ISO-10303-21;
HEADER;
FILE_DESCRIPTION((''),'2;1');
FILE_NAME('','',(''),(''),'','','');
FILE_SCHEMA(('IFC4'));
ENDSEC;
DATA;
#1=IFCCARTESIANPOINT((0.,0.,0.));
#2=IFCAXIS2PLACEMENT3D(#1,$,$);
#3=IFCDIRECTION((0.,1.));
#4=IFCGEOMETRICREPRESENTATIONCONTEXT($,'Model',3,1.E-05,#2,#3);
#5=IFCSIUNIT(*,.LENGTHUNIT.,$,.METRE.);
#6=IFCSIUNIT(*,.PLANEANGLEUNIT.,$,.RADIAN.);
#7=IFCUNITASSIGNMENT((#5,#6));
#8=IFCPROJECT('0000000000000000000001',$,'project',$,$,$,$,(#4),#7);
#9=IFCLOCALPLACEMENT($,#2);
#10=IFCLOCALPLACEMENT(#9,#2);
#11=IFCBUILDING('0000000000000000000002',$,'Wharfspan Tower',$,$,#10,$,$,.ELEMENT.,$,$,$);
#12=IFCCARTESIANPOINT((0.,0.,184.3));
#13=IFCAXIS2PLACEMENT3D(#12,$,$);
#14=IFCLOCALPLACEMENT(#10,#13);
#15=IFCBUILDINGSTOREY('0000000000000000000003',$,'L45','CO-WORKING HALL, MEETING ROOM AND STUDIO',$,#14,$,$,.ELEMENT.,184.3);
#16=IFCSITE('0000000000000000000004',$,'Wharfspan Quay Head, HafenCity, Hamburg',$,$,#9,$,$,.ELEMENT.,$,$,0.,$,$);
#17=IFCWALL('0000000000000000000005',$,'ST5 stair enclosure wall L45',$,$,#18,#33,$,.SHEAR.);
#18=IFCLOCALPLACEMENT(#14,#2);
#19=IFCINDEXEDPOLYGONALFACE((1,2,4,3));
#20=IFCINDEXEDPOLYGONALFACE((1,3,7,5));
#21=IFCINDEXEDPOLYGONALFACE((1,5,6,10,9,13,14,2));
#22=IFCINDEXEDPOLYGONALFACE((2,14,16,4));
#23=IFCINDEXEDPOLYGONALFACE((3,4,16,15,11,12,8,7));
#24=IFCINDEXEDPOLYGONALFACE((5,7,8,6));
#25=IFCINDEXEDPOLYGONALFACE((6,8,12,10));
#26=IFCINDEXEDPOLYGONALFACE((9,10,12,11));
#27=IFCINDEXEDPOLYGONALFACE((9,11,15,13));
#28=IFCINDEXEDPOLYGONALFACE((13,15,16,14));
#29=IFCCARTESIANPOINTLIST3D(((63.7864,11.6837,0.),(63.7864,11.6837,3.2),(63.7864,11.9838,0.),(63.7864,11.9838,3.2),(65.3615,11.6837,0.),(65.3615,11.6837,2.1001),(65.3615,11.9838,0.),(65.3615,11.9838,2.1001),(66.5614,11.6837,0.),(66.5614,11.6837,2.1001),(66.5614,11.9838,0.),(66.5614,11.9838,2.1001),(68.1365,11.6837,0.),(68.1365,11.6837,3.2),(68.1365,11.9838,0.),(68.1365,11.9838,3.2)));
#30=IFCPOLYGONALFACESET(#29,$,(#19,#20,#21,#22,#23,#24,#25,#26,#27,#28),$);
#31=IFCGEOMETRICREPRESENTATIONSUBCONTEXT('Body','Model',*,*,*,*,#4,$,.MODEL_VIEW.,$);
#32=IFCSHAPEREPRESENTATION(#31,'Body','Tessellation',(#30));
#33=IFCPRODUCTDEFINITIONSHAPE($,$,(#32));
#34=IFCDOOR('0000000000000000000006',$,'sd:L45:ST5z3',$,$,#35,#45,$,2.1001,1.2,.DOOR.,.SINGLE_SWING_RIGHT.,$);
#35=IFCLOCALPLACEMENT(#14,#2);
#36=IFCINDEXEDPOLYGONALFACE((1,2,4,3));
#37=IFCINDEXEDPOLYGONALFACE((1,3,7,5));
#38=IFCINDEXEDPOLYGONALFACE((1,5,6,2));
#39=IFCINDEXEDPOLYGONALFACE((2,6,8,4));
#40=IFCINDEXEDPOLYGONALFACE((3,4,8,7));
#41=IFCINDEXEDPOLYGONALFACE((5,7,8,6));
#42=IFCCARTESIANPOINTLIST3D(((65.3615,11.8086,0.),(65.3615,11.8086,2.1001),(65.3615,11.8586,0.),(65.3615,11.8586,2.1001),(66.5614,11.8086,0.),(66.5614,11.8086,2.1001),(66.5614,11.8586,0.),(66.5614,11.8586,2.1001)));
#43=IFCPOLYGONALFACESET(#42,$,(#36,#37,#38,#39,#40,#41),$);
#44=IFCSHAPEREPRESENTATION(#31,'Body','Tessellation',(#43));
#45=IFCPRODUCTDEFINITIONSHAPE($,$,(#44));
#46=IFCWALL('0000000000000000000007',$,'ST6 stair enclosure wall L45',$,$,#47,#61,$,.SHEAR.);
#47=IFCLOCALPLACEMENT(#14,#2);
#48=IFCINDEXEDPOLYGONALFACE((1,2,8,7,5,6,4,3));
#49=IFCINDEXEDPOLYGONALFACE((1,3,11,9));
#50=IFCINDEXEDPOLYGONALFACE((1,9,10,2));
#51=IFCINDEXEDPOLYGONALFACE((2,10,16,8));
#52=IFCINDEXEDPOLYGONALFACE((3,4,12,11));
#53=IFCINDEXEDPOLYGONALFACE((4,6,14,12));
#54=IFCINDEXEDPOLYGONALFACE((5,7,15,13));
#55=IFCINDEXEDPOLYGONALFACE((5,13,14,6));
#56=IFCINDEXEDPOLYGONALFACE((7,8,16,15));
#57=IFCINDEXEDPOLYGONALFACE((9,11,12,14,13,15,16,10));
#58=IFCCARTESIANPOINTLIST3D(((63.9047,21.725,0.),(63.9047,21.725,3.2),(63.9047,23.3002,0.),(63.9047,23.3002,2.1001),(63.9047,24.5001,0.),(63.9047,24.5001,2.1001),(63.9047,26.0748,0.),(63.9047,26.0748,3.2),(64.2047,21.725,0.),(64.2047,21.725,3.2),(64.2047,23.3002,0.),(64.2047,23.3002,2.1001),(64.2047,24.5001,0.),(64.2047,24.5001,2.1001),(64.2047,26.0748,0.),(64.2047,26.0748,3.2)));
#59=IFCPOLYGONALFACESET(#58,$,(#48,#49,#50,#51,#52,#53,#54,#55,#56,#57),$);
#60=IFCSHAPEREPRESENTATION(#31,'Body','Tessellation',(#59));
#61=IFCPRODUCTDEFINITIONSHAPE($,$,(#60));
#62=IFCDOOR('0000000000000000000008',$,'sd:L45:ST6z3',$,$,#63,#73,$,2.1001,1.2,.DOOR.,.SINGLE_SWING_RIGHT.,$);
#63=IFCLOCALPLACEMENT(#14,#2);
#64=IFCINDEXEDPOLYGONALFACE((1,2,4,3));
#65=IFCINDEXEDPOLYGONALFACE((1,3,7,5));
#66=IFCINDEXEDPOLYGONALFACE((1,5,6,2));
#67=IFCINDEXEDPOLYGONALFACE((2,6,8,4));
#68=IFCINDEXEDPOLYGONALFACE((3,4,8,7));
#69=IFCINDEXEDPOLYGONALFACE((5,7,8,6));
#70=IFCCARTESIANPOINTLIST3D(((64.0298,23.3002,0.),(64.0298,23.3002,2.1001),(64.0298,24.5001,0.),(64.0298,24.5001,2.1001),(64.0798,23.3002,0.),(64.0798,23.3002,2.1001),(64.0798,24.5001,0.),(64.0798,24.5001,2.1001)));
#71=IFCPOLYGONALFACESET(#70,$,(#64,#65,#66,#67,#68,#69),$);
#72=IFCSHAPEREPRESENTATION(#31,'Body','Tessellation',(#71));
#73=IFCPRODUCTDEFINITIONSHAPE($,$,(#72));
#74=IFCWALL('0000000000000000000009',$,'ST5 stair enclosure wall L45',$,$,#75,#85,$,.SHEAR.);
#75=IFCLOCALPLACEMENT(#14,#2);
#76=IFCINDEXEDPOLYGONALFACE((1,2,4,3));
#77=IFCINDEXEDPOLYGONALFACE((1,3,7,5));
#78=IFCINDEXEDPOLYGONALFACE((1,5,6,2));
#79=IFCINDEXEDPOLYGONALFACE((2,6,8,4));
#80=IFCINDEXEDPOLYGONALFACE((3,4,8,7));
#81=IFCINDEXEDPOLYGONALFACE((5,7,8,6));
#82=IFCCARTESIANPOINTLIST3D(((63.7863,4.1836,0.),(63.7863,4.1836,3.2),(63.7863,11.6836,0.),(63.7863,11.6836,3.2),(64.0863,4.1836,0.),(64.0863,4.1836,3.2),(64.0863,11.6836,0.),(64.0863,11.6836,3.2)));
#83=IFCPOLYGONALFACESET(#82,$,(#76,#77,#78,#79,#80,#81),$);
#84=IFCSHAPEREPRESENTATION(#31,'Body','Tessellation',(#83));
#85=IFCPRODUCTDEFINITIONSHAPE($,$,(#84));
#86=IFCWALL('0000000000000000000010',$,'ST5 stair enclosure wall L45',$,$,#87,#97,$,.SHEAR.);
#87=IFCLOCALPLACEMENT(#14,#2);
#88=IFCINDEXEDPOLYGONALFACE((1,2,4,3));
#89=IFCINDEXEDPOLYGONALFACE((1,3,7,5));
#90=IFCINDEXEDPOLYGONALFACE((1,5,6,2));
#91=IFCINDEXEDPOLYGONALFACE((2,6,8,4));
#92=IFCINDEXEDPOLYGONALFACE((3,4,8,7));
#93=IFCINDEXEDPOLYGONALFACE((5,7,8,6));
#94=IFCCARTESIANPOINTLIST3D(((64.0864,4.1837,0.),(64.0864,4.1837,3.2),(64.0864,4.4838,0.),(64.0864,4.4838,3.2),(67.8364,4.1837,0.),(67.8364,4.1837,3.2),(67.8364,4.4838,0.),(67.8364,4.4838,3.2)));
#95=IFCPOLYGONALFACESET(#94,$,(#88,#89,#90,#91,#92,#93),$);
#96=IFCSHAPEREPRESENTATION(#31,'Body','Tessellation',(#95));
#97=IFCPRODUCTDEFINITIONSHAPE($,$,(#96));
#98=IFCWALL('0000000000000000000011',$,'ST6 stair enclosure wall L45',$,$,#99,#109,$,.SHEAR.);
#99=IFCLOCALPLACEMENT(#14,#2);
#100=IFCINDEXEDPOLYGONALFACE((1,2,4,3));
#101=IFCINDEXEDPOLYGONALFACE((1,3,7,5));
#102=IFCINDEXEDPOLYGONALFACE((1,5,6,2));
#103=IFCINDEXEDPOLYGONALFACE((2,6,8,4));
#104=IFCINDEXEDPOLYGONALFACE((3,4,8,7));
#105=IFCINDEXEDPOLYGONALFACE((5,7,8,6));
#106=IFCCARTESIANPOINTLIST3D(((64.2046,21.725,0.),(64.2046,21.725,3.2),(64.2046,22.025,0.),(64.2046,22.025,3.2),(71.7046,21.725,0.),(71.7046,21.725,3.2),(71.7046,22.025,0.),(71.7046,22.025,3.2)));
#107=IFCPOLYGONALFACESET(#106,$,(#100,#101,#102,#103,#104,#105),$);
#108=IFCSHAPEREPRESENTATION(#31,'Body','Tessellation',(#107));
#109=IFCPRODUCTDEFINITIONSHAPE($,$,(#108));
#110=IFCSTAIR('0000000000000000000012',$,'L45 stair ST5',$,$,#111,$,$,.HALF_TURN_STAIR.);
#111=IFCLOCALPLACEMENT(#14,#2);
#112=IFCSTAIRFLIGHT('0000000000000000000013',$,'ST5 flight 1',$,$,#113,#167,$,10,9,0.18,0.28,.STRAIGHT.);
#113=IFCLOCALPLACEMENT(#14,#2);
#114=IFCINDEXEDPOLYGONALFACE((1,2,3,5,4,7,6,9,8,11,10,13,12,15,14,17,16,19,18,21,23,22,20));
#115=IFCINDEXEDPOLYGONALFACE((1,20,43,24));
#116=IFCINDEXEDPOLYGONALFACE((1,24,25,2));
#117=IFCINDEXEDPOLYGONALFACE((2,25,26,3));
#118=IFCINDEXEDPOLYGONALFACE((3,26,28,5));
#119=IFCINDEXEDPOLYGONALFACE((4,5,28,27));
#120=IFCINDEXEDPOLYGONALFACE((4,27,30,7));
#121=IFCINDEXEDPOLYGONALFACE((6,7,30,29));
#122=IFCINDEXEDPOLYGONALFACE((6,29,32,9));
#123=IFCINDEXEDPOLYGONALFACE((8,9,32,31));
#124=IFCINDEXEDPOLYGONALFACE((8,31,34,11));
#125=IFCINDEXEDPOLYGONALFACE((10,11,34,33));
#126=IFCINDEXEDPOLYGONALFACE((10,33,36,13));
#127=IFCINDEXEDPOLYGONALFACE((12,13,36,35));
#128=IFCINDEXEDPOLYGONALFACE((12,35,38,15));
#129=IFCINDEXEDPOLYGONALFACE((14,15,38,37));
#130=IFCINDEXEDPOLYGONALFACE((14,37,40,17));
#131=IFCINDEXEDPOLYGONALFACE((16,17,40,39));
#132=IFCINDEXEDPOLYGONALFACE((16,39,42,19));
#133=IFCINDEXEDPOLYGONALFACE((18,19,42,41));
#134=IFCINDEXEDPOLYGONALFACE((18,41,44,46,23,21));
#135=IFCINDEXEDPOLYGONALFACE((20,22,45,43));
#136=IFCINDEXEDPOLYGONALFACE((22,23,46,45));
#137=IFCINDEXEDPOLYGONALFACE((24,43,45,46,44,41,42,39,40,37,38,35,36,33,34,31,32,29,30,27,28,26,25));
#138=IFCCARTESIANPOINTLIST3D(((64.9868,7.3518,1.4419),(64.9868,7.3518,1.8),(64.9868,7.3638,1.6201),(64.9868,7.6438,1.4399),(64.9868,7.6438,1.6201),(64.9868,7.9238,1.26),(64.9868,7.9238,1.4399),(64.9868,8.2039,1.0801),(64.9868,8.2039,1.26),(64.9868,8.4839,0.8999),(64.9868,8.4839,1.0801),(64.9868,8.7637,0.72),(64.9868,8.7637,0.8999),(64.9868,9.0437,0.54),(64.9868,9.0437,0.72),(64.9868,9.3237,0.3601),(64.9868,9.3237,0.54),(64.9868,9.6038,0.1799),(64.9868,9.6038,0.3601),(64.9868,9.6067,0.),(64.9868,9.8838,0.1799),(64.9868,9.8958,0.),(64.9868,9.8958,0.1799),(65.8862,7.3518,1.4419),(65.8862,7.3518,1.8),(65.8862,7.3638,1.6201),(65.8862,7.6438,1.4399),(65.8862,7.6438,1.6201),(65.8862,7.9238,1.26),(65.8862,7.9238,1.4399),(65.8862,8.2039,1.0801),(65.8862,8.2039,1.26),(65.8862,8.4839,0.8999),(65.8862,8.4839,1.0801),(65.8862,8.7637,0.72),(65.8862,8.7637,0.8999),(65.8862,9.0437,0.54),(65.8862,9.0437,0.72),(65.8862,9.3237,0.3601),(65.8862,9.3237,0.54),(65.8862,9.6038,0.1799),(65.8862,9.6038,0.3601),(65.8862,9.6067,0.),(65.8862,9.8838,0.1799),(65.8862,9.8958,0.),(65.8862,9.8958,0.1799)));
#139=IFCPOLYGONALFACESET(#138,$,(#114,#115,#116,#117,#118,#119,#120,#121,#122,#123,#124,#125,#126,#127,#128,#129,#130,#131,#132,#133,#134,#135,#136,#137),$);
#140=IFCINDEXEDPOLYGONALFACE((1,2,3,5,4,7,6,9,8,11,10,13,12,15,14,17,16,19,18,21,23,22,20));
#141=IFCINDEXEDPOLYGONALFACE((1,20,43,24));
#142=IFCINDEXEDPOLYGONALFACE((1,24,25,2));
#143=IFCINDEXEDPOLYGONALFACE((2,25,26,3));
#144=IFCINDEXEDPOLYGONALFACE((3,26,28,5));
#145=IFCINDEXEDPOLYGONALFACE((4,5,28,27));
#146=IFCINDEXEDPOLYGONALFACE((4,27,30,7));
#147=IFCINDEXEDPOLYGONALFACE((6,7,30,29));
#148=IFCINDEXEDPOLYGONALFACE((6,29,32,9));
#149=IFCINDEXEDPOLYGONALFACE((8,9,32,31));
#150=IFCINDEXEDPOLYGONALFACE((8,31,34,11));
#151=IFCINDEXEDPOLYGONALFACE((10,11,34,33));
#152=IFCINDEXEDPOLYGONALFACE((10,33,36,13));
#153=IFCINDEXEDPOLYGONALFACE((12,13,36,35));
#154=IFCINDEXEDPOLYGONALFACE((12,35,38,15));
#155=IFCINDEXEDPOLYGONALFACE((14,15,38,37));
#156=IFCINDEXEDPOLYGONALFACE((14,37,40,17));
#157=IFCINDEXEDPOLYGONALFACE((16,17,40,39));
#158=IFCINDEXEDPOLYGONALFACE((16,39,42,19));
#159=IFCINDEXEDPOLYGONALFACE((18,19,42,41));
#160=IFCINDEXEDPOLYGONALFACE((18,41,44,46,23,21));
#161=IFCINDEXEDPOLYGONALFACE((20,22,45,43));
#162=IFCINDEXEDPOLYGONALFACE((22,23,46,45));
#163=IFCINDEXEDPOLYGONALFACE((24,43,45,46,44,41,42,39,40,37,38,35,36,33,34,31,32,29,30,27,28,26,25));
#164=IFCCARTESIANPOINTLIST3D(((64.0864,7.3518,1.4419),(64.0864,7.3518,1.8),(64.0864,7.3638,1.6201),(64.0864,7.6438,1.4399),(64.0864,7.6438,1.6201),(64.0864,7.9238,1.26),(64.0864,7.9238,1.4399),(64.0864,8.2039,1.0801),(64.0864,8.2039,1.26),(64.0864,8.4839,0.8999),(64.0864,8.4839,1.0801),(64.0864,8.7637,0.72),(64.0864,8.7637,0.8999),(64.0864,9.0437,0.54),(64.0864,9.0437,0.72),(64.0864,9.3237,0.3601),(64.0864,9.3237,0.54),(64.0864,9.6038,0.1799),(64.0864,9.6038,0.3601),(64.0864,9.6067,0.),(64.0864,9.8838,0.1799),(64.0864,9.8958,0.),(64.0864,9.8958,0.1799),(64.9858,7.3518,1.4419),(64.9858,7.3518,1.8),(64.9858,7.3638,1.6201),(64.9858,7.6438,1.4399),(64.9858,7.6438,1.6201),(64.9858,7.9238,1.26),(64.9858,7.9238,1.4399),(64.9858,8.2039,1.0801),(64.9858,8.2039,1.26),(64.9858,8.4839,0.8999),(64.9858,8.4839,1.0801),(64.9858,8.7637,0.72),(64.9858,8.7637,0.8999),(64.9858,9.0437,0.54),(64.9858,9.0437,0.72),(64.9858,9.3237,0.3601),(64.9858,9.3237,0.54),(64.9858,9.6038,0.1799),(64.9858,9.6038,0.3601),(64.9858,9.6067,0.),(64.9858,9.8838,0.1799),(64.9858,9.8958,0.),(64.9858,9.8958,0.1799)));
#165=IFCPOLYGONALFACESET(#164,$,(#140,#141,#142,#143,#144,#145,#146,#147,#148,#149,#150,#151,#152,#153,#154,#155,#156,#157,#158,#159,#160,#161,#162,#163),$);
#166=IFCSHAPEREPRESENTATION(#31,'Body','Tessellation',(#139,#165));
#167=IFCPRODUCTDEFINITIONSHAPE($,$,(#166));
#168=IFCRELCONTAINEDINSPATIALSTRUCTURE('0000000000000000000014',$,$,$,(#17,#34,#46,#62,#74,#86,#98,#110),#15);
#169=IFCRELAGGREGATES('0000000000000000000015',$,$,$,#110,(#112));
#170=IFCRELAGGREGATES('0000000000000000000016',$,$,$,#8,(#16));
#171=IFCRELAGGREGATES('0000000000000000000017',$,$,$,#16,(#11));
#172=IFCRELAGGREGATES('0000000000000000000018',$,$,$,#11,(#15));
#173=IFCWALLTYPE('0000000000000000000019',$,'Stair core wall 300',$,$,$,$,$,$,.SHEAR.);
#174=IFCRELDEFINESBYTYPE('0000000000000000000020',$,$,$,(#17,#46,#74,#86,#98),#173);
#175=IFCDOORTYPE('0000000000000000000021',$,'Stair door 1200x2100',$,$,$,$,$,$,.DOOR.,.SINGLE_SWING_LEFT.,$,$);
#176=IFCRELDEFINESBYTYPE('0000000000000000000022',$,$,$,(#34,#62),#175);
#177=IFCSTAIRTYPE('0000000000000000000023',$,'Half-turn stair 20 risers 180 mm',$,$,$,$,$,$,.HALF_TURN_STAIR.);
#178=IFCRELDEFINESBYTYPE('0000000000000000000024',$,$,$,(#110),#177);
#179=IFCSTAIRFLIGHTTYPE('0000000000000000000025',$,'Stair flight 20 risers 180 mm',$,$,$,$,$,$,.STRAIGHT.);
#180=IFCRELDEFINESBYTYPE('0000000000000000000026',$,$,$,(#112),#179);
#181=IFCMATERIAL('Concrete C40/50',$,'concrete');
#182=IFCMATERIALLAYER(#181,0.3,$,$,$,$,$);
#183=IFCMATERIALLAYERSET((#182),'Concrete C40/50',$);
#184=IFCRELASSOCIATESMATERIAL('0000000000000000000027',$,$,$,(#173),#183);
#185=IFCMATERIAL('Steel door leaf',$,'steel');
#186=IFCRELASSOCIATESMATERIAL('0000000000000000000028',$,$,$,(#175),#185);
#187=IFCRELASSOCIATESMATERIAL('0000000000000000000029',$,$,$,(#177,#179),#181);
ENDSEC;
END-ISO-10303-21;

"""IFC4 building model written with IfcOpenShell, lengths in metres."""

from ifc_helpers import new_model, si_unit, direction, frame, frame_2d, origin, place, context, subcontext, project, spatial, polyline, rectangle, outline, extrude, material, layer, layer_set, type_object, element, fill, aggregate, save


model = new_model("IFC4")

# Units and contexts
model_context = context("Model", 3, precision=1e-05, world=origin(), true_north=direction((0.0, 1.0)))
body_context = subcontext(model_context, "Body", "Model", "MODEL_VIEW")
ifc_project = project(units=[si_unit("LENGTHUNIT", "METRE"), si_unit("PLANEANGLEUNIT", "RADIAN")], contexts=[model_context])

# Site, building, storey
site_placement = place(None, origin())
site = spatial("IfcSite", under=ifc_project, at=site_placement, Name="Wharfspan Quay Head, HafenCity, Hamburg", CompositionType="ELEMENT", RefElevation=0.0)
building_placement = place(site_placement, origin())
building = spatial("IfcBuilding", under=site, at=building_placement, Name="Wharfspan Tower", CompositionType="ELEMENT")
storey_placement = place(building_placement, frame((0.0, 0.0, 184.3)))
storey = spatial("IfcBuildingStorey", under=building, at=storey_placement, Name="L45", Description="CO-WORKING HALL, MEETING ROOM AND STUDIO", CompositionType="ELEMENT", Elevation=184.3)

# Walls, openings, doors
ifc_material_1 = material(Name="Concrete C40/50", Category="concrete")
ifc_layer_1 = layer(ifc_material_1, 0.3)
ifc_layer_set_1 = layer_set([ifc_layer_1], Name="Concrete C40/50")
wall_type_1 = type_object("IfcWallType", Name="Stair core wall 300", PredefinedType="SHEAR", material=ifc_layer_set_1)
wall_1_placement = place(storey_placement, frame((63.7864, 11.8337, 0.0), z_axis=(0.0, 0.0, 1.0), x_axis=(1.0, 0.0, 0.0)))
wall_1 = element("IfcWall", 1, at=wall_1_placement, inside=storey, type_object=wall_type_1, Name="ST5 stair enclosure wall L45", PredefinedType="SHEAR", context=body_context, shape_type="SweptSolid", body=[
    extrude(rectangle(XDim=4.3501, YDim=0.3, at=frame_2d((2.175, 0.0))), origin(), (0.0, 0.0, 1.0), 3.2),
])
opening_1_placement = place(wall_1_placement, frame((1.575, 0.0, 0.0)))
opening_1 = element("IfcOpeningElement", 2, at=opening_1_placement, cuts=wall_1, PredefinedType="OPENING", context=body_context, shape_type="SweptSolid", body=[
    extrude(rectangle(XDim=1.2, YDim=2.1001, at=frame_2d((0.6001, 1.05))), frame((0.0, 0.1599, 0.0), z_axis=(0.0, -1.0, 0.0), x_axis=(1.0, 0.0, 0.0)), (0.0, 0.0, 1.0), 0.3201),
])
ifc_material_2 = material(Name="Steel door leaf", Category="steel")
door_type_1 = type_object("IfcDoorType", Name="Stair door 1200x2100", OperationType="SINGLE_SWING_LEFT", PredefinedType="DOOR", material=ifc_material_2)
door_1_placement = place(opening_1_placement, origin())
door_1 = element("IfcDoor", 3, at=door_1_placement, inside=storey, type_object=door_type_1, Name="sd:L45:ST5z3", OperationType="SINGLE_SWING_RIGHT", OverallHeight=2.1001, OverallWidth=1.2, PredefinedType="DOOR", context=body_context, shape_type="SweptSolid", body=[
    extrude(rectangle(XDim=1.2, YDim=2.1001, at=frame_2d((0.6001, 1.05))), frame((0.0, 0.0249, 0.0), z_axis=(0.0, -1.0, 0.0), x_axis=(1.0, 0.0, 0.0)), (0.0, 0.0, 1.0), 0.05),
])
fill(opening_1, door_1)
wall_2_placement = place(storey_placement, frame((64.0547, 21.7251, 0.0), z_axis=(0.0, 0.0, 1.0), x_axis=(0.0, 1.0, 0.0)))
wall_2 = element("IfcWall", 4, at=wall_2_placement, inside=storey, type_object=wall_type_1, Name="ST6 stair enclosure wall L45", PredefinedType="SHEAR", context=body_context, shape_type="SweptSolid", body=[
    extrude(rectangle(XDim=4.3499, YDim=0.3, at=frame_2d((2.1748, 0.0))), origin(), (0.0, 0.0, 1.0), 3.2),
])
opening_2_placement = place(wall_2_placement, frame((1.575, 0.0, 0.0)))
opening_2 = element("IfcOpeningElement", 5, at=opening_2_placement, cuts=wall_2, PredefinedType="OPENING", context=body_context, shape_type="SweptSolid", body=[
    extrude(rectangle(XDim=1.2, YDim=2.1001, at=frame_2d((0.6001, 1.05))), frame((0.0, 0.1599, 0.0), z_axis=(0.0, -1.0, 0.0), x_axis=(1.0, 0.0, 0.0)), (0.0, 0.0, 1.0), 0.3201),
])
door_2_placement = place(opening_2_placement, origin())
door_2 = element("IfcDoor", 6, at=door_2_placement, inside=storey, type_object=door_type_1, Name="sd:L45:ST6z3", OperationType="SINGLE_SWING_RIGHT", OverallHeight=2.1001, OverallWidth=1.2, PredefinedType="DOOR", context=body_context, shape_type="SweptSolid", body=[
    extrude(rectangle(XDim=1.2, YDim=2.1001, at=frame_2d((0.6001, 1.05))), frame((0.0, 0.0249, 0.0), z_axis=(0.0, -1.0, 0.0), x_axis=(1.0, 0.0, 0.0)), (0.0, 0.0, 1.0), 0.05),
])
fill(opening_2, door_2)

# Walls
wall_3_placement = place(storey_placement, frame((63.9363, 4.1836, 0.0), z_axis=(0.0, 0.0, 1.0), x_axis=(0.0, 1.0, 0.0)))
element("IfcWall", 7, at=wall_3_placement, inside=storey, type_object=wall_type_1, Name="ST5 stair enclosure wall L45", PredefinedType="SHEAR", context=body_context, shape_type="SweptSolid", body=[
    extrude(rectangle(XDim=7.5, YDim=0.3, at=frame_2d((3.75, 0.0))), origin(), (0.0, 0.0, 1.0), 3.2),
])
wall_4_placement = place(storey_placement, frame((64.0864, 4.3337, 0.0), z_axis=(0.0, 0.0, 1.0), x_axis=(1.0, 0.0, 0.0)))
element("IfcWall", 8, at=wall_4_placement, inside=storey, type_object=wall_type_1, Name="ST5 stair enclosure wall L45", PredefinedType="SHEAR", context=body_context, shape_type="SweptSolid", body=[
    extrude(rectangle(XDim=3.75, YDim=0.3, at=frame_2d((1.875, 0.0))), origin(), (0.0, 0.0, 1.0), 3.2),
])
wall_5_placement = place(storey_placement, frame((64.2046, 21.875, 0.0), z_axis=(0.0, 0.0, 1.0), x_axis=(1.0, 0.0, 0.0)))
element("IfcWall", 9, at=wall_5_placement, inside=storey, type_object=wall_type_1, Name="ST6 stair enclosure wall L45", PredefinedType="SHEAR", context=body_context, shape_type="SweptSolid", body=[
    extrude(rectangle(XDim=7.5, YDim=0.3, at=frame_2d((3.75, 0.0))), origin(), (0.0, 0.0, 1.0), 3.2),
])

# Stair, stair flight
stair_type = type_object("IfcStairType", Name="Half-turn stair 20 risers 180 mm", PredefinedType="HALF_TURN_STAIR", material=ifc_material_1)
stair_placement = place(storey_placement, origin())
stair = element("IfcStair", 10, at=stair_placement, inside=storey, type_object=stair_type, Name="L45 stair ST5", PredefinedType="HALF_TURN_STAIR")
stair_flight_type = type_object("IfcStairFlightType", Name="Stair flight 20 risers 180 mm", PredefinedType="STRAIGHT", material=ifc_material_1)
stair_flight_placement = place(storey_placement, frame((64.9863, 9.8838, 0.0), z_axis=(0.0, 0.0, 1.0), x_axis=(0.0, -1.0, 0.0)))
stair_flight = element("IfcStairFlight", 11, at=stair_flight_placement, type_object=stair_flight_type, Name="ST5 flight 1", NumberOfRisers=10, NumberOfTreads=9, PredefinedType="STRAIGHT", RiserHeight=0.18, TreadLength=0.28, context=body_context, shape_type="SweptSolid", body=[
    extrude(outline(polyline([(-0.012, 0.0), (-0.012, 0.1799), (0.0, 0.1799), (0.28, 0.1799), (0.28, 0.3601), (0.5601, 0.3601), (0.5601, 0.54), (0.8401, 0.54), (0.8401, 0.72), (1.1201, 0.72), (1.1201, 0.8999), (1.3999, 0.8999), (1.3999, 1.0801), (1.6799, 1.0801), (1.6799, 1.26), (1.96, 1.26), (1.96, 1.4399), (2.24, 1.4399), (2.24, 1.6201), (2.52, 1.6201), (2.532, 1.8), (2.532, 1.4419), (0.2771, 0.0), (-0.012, 0.0)])), frame((0.0, 0.8999, 0.0), z_axis=(0.0, -1.0, 0.0), x_axis=(1.0, 0.0, 0.0)), (0.0, 0.0, 1.0), 0.8994),
    extrude(outline(polyline([(-0.012, 0.0), (-0.012, 0.1799), (0.0, 0.1799), (0.28, 0.1799), (0.28, 0.3601), (0.5601, 0.3601), (0.5601, 0.54), (0.8401, 0.54), (0.8401, 0.72), (1.1201, 0.72), (1.1201, 0.8999), (1.3999, 0.8999), (1.3999, 1.0801), (1.6799, 1.0801), (1.6799, 1.26), (1.96, 1.26), (1.96, 1.4399), (2.24, 1.4399), (2.24, 1.6201), (2.52, 1.6201), (2.532, 1.8), (2.532, 1.4419), (0.2771, 0.0), (-0.012, 0.0)])), frame((0.0, -0.0005, 0.0), z_axis=(0.0, -1.0, 0.0), x_axis=(1.0, 0.0, 0.0)), (0.0, 0.0, 1.0), 0.8994),
])
aggregate(stair, [stair_flight])

save(model, "model.ifc")
